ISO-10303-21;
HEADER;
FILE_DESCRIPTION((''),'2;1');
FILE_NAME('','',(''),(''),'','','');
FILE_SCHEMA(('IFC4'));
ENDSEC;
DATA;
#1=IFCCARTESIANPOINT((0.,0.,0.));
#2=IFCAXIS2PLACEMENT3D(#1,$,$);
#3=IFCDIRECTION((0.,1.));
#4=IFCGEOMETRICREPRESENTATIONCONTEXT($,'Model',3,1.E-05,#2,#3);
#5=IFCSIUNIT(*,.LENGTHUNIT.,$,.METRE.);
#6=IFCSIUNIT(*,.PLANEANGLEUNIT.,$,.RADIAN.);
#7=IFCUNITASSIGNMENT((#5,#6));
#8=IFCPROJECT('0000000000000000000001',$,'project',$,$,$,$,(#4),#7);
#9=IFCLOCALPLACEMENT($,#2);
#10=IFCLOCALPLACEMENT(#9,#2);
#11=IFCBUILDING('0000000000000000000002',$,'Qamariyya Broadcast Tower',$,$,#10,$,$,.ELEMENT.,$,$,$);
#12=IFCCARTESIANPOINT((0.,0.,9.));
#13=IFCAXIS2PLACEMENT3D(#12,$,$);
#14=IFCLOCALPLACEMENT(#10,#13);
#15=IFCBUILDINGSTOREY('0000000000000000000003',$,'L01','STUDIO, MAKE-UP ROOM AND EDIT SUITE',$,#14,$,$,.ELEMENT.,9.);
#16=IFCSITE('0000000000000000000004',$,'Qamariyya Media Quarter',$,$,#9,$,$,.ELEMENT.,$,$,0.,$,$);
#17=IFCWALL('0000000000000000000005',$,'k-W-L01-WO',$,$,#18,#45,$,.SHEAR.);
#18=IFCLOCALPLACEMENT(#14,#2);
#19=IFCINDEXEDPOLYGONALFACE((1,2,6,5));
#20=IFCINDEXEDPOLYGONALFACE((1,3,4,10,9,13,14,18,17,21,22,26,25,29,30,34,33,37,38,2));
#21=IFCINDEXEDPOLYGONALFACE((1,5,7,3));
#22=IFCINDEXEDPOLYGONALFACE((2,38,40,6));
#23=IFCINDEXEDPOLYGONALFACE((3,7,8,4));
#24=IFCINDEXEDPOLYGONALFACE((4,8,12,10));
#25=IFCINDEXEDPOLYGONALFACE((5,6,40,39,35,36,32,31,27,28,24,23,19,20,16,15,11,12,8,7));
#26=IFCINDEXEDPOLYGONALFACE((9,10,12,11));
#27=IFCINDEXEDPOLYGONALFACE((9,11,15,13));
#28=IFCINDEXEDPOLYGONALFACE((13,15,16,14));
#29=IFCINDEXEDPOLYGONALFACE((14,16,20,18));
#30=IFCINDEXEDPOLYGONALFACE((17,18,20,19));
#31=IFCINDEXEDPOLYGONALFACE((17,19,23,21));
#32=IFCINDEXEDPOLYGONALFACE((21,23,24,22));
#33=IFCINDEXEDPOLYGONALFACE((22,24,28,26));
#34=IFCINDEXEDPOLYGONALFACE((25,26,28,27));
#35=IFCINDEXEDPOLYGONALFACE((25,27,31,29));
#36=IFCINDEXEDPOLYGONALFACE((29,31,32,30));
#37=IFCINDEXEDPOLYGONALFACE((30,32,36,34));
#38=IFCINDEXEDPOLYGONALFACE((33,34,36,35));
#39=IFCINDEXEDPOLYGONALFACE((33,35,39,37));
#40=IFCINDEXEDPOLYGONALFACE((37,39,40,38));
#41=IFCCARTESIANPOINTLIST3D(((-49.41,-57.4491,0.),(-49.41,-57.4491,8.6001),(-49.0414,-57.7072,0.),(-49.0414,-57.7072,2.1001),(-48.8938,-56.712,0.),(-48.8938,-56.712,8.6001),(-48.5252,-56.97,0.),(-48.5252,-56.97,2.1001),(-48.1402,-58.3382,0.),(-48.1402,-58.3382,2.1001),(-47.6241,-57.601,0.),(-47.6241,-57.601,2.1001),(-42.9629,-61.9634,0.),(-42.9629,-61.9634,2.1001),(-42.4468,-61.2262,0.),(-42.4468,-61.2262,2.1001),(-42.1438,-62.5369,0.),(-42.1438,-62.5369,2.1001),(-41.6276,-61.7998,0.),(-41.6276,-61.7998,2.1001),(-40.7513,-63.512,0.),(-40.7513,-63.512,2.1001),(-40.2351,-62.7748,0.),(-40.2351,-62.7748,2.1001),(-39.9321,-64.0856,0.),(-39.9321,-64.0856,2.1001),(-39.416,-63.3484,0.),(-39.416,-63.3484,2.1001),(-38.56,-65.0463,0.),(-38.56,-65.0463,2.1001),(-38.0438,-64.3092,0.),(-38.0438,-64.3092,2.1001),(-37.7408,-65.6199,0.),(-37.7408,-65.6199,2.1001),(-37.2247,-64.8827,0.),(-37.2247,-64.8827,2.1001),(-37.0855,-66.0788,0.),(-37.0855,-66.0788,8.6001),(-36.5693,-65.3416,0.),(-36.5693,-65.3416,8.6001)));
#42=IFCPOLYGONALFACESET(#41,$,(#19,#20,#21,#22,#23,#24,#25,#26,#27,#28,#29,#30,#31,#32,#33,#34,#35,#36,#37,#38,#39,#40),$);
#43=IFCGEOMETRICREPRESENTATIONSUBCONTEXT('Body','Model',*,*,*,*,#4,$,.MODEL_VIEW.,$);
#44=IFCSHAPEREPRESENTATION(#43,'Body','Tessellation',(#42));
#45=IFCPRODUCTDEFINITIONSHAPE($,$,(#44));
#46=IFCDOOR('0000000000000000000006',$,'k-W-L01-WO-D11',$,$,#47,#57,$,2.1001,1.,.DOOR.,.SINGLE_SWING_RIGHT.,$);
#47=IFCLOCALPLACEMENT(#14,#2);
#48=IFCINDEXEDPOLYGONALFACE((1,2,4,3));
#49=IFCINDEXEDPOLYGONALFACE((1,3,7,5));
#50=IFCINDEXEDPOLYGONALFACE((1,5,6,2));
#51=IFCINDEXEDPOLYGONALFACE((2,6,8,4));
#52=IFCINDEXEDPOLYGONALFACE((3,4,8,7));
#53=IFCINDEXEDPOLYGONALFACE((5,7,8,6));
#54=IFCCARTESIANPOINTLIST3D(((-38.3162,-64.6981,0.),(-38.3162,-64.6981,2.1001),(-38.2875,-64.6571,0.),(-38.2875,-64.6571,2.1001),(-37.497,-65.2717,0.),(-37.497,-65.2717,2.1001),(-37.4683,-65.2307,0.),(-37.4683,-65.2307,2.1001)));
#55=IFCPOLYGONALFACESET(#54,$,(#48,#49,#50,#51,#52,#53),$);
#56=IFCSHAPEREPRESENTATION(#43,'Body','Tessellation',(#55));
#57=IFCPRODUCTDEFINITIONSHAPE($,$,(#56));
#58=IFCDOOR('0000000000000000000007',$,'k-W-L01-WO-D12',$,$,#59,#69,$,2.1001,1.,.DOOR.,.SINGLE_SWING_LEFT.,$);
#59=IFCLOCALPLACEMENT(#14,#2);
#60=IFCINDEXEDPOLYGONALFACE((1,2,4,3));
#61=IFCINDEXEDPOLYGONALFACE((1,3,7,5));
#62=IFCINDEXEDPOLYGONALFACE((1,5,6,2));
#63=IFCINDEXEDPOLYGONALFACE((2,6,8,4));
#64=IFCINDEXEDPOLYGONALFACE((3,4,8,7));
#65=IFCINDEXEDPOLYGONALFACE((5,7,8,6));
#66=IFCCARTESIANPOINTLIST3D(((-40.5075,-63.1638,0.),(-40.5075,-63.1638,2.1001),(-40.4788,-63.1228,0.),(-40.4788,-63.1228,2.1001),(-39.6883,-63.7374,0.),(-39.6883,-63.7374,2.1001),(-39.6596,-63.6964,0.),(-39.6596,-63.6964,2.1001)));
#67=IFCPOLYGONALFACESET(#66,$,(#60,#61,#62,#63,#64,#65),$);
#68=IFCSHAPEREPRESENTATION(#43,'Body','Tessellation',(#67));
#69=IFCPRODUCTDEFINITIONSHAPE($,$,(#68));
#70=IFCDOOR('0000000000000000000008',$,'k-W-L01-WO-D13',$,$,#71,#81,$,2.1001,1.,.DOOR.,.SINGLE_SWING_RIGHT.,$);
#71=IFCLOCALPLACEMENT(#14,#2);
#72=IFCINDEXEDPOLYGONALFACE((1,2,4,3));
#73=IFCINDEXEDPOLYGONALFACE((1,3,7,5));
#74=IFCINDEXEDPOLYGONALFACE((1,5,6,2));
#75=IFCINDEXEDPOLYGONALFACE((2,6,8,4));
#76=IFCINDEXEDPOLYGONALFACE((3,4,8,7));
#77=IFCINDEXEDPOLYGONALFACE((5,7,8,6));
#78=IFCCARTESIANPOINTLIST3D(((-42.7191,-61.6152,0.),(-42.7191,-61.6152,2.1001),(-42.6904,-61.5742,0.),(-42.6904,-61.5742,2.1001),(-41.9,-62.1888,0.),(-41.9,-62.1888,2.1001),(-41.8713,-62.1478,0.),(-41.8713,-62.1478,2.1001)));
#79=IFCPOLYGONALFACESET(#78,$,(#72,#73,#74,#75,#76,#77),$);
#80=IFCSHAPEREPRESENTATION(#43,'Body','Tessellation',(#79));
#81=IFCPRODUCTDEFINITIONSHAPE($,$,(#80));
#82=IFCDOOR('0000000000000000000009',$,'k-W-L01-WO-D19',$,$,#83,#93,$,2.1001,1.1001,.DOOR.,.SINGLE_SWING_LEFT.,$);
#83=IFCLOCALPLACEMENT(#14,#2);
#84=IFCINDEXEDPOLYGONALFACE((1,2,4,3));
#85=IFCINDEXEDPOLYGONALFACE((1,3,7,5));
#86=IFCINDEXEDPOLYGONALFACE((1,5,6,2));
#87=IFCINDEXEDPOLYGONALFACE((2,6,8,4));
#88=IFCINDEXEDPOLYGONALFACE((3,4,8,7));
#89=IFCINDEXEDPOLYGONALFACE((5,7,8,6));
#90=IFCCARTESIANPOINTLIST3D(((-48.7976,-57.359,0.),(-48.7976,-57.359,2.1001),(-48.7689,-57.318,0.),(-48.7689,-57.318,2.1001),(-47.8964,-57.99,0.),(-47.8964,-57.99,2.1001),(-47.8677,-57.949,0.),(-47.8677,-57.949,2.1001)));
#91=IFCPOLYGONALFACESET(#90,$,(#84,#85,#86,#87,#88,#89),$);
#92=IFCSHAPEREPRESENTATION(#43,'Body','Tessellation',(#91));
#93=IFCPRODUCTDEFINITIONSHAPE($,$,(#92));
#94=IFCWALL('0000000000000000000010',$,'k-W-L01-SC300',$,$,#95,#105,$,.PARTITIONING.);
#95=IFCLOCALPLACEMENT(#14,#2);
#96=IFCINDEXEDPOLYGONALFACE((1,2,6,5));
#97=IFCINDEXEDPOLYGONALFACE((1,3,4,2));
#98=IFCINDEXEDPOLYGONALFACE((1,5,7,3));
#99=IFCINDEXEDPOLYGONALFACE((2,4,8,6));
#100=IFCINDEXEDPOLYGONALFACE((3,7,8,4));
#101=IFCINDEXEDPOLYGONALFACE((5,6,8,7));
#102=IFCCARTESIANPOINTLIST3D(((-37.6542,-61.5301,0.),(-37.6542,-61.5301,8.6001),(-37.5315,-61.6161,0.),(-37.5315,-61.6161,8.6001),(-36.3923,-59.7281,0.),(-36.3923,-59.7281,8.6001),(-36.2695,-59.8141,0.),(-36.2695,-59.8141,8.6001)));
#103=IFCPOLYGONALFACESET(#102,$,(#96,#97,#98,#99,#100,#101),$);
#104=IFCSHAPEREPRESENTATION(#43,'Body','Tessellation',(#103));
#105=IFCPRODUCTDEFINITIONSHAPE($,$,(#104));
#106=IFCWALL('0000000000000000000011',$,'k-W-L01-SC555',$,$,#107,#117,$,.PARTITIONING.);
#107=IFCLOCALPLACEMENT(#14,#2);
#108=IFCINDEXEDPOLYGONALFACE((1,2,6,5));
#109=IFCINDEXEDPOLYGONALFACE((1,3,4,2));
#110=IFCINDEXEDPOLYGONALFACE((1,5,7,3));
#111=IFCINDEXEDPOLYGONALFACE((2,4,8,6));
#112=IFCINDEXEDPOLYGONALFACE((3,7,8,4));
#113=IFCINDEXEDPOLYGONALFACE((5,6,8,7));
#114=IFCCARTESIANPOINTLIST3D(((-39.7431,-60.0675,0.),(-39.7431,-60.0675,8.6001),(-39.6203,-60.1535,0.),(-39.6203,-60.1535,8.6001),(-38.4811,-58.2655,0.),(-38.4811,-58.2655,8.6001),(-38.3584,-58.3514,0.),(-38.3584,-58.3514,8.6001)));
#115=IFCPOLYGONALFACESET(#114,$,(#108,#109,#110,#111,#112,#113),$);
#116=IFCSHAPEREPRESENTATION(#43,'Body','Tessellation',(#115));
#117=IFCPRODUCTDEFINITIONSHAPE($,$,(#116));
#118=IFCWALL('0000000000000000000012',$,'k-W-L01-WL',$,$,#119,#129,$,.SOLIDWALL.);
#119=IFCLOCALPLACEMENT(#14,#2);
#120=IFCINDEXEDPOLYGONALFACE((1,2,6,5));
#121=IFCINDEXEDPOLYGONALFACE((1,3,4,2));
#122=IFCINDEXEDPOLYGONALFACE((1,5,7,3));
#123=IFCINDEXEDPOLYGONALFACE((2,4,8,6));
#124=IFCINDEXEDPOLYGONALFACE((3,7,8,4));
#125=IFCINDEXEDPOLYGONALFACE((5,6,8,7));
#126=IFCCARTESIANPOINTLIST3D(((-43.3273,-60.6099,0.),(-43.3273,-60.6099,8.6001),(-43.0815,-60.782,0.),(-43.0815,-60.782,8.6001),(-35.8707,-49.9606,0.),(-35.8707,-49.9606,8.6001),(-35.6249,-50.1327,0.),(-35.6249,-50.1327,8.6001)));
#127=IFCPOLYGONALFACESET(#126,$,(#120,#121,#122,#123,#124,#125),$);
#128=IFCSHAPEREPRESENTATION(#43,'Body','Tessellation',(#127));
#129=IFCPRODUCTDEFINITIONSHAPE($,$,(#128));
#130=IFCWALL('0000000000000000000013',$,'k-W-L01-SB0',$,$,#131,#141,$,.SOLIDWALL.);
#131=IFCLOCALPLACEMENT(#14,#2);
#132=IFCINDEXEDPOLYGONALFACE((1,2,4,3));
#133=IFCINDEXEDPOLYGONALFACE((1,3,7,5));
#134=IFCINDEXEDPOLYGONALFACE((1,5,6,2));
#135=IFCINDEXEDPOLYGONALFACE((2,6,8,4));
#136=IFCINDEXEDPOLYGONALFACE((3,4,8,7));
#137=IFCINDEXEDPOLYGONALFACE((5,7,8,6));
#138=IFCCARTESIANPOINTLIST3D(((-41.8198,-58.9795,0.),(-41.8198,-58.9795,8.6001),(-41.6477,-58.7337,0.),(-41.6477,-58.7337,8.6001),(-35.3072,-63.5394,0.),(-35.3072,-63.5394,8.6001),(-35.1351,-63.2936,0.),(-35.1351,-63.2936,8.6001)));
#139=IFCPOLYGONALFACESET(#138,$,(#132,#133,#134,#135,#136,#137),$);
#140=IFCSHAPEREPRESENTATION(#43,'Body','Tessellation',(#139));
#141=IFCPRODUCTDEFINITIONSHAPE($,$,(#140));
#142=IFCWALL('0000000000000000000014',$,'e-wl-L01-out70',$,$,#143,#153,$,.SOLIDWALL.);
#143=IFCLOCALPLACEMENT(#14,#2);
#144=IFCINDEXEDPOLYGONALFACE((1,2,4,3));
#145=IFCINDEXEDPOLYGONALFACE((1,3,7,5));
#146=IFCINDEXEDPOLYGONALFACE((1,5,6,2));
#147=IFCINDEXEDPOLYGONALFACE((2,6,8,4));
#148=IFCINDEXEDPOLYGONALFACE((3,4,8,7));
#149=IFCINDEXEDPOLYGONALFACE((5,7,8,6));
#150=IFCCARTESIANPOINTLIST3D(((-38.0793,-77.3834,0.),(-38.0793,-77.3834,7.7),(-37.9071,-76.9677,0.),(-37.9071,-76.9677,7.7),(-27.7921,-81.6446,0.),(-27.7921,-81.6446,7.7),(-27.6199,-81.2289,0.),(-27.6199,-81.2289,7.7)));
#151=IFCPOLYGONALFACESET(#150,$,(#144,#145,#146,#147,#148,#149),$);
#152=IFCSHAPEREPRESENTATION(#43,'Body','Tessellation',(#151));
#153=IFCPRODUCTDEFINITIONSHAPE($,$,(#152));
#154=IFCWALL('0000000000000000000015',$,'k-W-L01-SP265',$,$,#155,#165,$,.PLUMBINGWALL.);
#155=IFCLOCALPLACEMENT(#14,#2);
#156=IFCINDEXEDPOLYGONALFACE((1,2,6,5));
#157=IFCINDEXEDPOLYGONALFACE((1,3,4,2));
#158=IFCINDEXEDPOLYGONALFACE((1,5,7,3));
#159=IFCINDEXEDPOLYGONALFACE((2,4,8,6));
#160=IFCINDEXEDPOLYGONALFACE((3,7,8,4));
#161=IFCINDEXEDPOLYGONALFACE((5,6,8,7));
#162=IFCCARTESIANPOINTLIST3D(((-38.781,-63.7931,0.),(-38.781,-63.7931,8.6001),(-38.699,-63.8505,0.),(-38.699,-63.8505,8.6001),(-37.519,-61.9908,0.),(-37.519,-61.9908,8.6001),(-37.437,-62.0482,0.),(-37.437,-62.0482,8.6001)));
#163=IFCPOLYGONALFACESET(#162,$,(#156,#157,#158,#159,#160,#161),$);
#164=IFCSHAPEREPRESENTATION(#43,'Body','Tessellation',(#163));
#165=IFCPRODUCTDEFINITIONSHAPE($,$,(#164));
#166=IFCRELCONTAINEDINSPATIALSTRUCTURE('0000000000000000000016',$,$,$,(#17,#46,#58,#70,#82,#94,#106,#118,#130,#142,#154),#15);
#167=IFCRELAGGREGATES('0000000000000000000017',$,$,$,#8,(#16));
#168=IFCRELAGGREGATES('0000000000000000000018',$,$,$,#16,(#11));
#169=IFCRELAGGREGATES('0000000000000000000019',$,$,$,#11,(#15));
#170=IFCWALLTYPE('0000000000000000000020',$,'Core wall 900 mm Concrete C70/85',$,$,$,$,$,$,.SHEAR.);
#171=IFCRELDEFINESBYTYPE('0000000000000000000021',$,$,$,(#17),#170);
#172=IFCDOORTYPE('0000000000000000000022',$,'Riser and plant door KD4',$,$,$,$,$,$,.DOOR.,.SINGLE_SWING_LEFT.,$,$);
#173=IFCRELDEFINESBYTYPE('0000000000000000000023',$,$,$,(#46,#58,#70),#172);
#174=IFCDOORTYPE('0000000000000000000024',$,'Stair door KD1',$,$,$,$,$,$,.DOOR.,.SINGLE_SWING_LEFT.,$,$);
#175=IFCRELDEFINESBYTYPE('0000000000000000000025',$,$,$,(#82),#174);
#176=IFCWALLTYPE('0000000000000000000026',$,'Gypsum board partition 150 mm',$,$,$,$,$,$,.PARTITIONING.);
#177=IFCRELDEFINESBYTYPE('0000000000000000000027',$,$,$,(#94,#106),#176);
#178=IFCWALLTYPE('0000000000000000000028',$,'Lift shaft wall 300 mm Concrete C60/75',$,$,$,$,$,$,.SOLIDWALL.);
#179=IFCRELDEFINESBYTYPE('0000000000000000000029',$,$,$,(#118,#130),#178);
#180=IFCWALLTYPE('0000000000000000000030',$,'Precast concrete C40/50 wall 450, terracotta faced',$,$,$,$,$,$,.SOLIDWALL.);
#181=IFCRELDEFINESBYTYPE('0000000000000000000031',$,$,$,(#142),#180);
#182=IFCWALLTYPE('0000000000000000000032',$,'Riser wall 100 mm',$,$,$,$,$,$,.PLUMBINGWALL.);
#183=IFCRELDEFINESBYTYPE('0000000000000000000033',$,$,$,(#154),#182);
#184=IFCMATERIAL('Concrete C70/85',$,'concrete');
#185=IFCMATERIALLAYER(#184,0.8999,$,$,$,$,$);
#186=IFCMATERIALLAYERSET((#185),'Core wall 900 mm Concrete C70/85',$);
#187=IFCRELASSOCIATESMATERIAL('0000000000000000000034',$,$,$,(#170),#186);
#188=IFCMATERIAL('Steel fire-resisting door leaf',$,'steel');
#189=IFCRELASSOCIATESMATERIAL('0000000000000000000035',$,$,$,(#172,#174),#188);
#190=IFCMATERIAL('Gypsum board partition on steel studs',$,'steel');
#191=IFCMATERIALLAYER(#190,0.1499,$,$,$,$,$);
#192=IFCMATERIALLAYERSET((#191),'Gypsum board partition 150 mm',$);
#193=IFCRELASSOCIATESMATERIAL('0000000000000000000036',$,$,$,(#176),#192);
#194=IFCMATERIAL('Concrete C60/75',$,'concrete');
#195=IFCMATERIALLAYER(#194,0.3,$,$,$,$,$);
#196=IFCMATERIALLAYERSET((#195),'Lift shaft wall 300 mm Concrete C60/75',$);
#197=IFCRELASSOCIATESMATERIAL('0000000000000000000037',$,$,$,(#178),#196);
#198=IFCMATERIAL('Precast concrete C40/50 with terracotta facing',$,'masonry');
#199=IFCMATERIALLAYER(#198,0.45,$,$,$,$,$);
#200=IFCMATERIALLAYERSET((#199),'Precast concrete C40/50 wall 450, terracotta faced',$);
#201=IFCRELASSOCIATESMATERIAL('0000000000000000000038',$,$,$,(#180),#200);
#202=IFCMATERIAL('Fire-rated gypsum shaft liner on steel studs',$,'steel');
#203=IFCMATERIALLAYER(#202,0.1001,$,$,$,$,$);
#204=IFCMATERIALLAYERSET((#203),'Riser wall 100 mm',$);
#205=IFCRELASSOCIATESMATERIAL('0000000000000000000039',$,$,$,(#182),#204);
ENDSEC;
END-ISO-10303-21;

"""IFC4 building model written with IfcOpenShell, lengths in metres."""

from ifc_helpers import new_model, si_unit, direction, frame, frame_2d, origin, place, context, subcontext, project, spatial, rectangle, extrude, material, layer, layer_set, type_object, element, fill, save


model = new_model("IFC4")

# Units and contexts
model_context = context("Model", 3, precision=1e-05, world=origin(), true_north=direction((0.0, 1.0)))
body_context = subcontext(model_context, "Body", "Model", "MODEL_VIEW")
ifc_project = project(units=[si_unit("LENGTHUNIT", "METRE"), si_unit("PLANEANGLEUNIT", "RADIAN")], contexts=[model_context])

# Site, building, storey
site_placement = place(None, origin())
site = spatial("IfcSite", under=ifc_project, at=site_placement, Name="Qamariyya Media Quarter", CompositionType="ELEMENT", RefElevation=0.0)
building_placement = place(site_placement, origin())
building = spatial("IfcBuilding", under=site, at=building_placement, Name="Qamariyya Broadcast Tower", CompositionType="ELEMENT")
storey_placement = place(building_placement, frame((0.0, 0.0, 9.0)))
storey = spatial("IfcBuildingStorey", under=building, at=storey_placement, Name="L01", Description="STUDIO, MAKE-UP ROOM AND EDIT SUITE", CompositionType="ELEMENT", Elevation=9.0)

# Shared definitions
ifc_material_1 = material(Name="Concrete C70/85", Category="concrete")

# Shared definitions
ifc_layer_1 = layer(ifc_material_1, 0.8999)
ifc_layer_set_1 = layer_set([ifc_layer_1], Name="Core wall 900 mm Concrete C70/85")
wall_type_1 = type_object("IfcWallType", Name="Core wall 900 mm Concrete C70/85", PredefinedType="SHEAR", material=ifc_layer_set_1)
ifc_material_2 = material(Name="Steel fire-resisting door leaf", Category="steel")

# Wall, openings, doors
wall_1_placement = place(storey_placement, frame((-36.8274, -65.7102, 0.0), z_axis=(0.0, 0.0, 1.0), x_axis=(-0.819153, 0.573575, 0.0)))
wall_1 = element("IfcWall", 1, at=wall_1_placement, inside=storey, type_object=wall_type_1, Name="k-W-L01-WO", PredefinedType="SHEAR", context=body_context, shape_type="SweptSolid", body=[
    extrude(rectangle(XDim=15.0454, YDim=0.8999, at=frame_2d((7.5227, 0.0))), origin(), (0.0, 0.0, 1.0), 8.6001),
])
opening_1_placement = place(wall_1_placement, frame((0.8, 0.0, 0.0)))
opening_1 = element("IfcOpeningElement", 2, at=opening_1_placement, cuts=wall_1, PredefinedType="OPENING", context=body_context, shape_type="SweptSolid", body=[
    extrude(rectangle(XDim=1.0, YDim=2.1001, at=frame_2d((0.5, 1.05))), frame((0.0, 0.46, 0.0), z_axis=(0.0, -1.0, 0.0), x_axis=(1.0, 0.0, 0.0)), (0.0, 0.0, 1.0), 0.9199),
])
opening_2_placement = place(wall_1_placement, frame((3.4751, 0.0, 0.0)))
opening_2 = element("IfcOpeningElement", 3, at=opening_2_placement, cuts=wall_1, PredefinedType="OPENING", context=body_context, shape_type="SweptSolid", body=[
    extrude(rectangle(XDim=1.0, YDim=2.1001, at=frame_2d((0.5, 1.05))), frame((0.0, 0.46, 0.0), z_axis=(0.0, -1.0, 0.0), x_axis=(1.0, 0.0, 0.0)), (0.0, 0.0, 1.0), 0.9199),
])
opening_3_placement = place(wall_1_placement, frame((6.175, 0.0, 0.0)))
opening_3 = element("IfcOpeningElement", 4, at=opening_3_placement, cuts=wall_1, PredefinedType="OPENING", context=body_context, shape_type="SweptSolid", body=[
    extrude(rectangle(XDim=1.0, YDim=2.1001, at=frame_2d((0.5, 1.05))), frame((0.0, 0.46, 0.0), z_axis=(0.0, -1.0, 0.0), x_axis=(1.0, 0.0, 0.0)), (0.0, 0.0, 1.0), 0.9199),
])
opening_4_placement = place(wall_1_placement, frame((13.4954, 0.0, 0.0)))
opening_4 = element("IfcOpeningElement", 5, at=opening_4_placement, cuts=wall_1, PredefinedType="OPENING", context=body_context, shape_type="SweptSolid", body=[
    extrude(rectangle(XDim=1.1001, YDim=2.1001, at=frame_2d((0.55, 1.05))), frame((0.0, 0.46, 0.0), z_axis=(0.0, -1.0, 0.0), x_axis=(1.0, 0.0, 0.0)), (0.0, 0.0, 1.0), 0.9199),
])
door_type_1 = type_object("IfcDoorType", Name="Riser and plant door KD4", OperationType="SINGLE_SWING_LEFT", PredefinedType="DOOR", material=ifc_material_2)
door_1_placement = place(opening_1_placement, origin())
door_1 = element("IfcDoor", 6, at=door_1_placement, inside=storey, type_object=door_type_1, Name="k-W-L01-WO-D11", OperationType="SINGLE_SWING_RIGHT", OverallHeight=2.1001, OverallWidth=1.0, PredefinedType="DOOR", context=body_context, shape_type="SweptSolid", body=[
    extrude(rectangle(XDim=1.0, YDim=2.1001, at=frame_2d((0.5, 1.05))), frame((0.0, 0.0249, 0.0), z_axis=(0.0, -1.0, 0.0), x_axis=(1.0, 0.0, 0.0)), (0.0, 0.0, 1.0), 0.05),
])
fill(opening_1, door_1)
door_2_placement = place(opening_2_placement, origin())
door_2 = element("IfcDoor", 7, at=door_2_placement, inside=storey, type_object=door_type_1, Name="k-W-L01-WO-D12", OperationType="SINGLE_SWING_LEFT", OverallHeight=2.1001, OverallWidth=1.0, PredefinedType="DOOR", context=body_context, shape_type="SweptSolid", body=[
    extrude(rectangle(XDim=1.0, YDim=2.1001, at=frame_2d((0.5, 1.05))), frame((0.0, 0.0249, 0.0), z_axis=(0.0, -1.0, 0.0), x_axis=(1.0, 0.0, 0.0)), (0.0, 0.0, 1.0), 0.05),
])
fill(opening_2, door_2)
door_3_placement = place(opening_3_placement, origin())
door_3 = element("IfcDoor", 8, at=door_3_placement, inside=storey, type_object=door_type_1, Name="k-W-L01-WO-D13", OperationType="SINGLE_SWING_RIGHT", OverallHeight=2.1001, OverallWidth=1.0, PredefinedType="DOOR", context=body_context, shape_type="SweptSolid", body=[
    extrude(rectangle(XDim=1.0, YDim=2.1001, at=frame_2d((0.5, 1.05))), frame((0.0, 0.0249, 0.0), z_axis=(0.0, -1.0, 0.0), x_axis=(1.0, 0.0, 0.0)), (0.0, 0.0, 1.0), 0.05),
])
fill(opening_3, door_3)
door_type_2 = type_object("IfcDoorType", Name="Stair door KD1", OperationType="SINGLE_SWING_LEFT", PredefinedType="DOOR", material=ifc_material_2)
door_4_placement = place(opening_4_placement, origin())
door_4 = element("IfcDoor", 9, at=door_4_placement, inside=storey, type_object=door_type_2, Name="k-W-L01-WO-D19", OperationType="SINGLE_SWING_LEFT", OverallHeight=2.1001, OverallWidth=1.1001, PredefinedType="DOOR", context=body_context, shape_type="SweptSolid", body=[
    extrude(rectangle(XDim=1.1001, YDim=2.1001, at=frame_2d((0.55, 1.05))), frame((0.0, 0.0249, 0.0), z_axis=(0.0, -1.0, 0.0), x_axis=(1.0, 0.0, 0.0)), (0.0, 0.0, 1.0), 0.05),
])
fill(opening_4, door_4)

# Walls
ifc_material_3 = material(Name="Gypsum board partition on steel studs", Category="steel")
ifc_layer_2 = layer(ifc_material_3, 0.1499)
ifc_layer_set_2 = layer_set([ifc_layer_2], Name="Gypsum board partition 150 mm")
wall_type_2 = type_object("IfcWallType", Name="Gypsum board partition 150 mm", PredefinedType="PARTITIONING", material=ifc_layer_set_2)
for number, where, z_axis, x_axis, name in (
    (10, (-36.3308, -59.771, 0.0), (0.0, 0.0, 1.0), (-0.573634, -0.819112, 0.0), "k-W-L01-SC300"),
    (11, (-38.4197, -58.3083, 0.0), (0.0, 0.0, 1.0), (-0.573634, -0.819112, 0.0), "k-W-L01-SC555"),
):
    element("IfcWall", number, at=place(storey_placement, frame(where, z_axis=z_axis, x_axis=x_axis)), inside=storey, type_object=wall_type_2, Name=name, PredefinedType="PARTITIONING", context=body_context, shape_type="SweptSolid", body=[
        extrude(rectangle(XDim=2.2, YDim=0.1499, at=frame_2d((1.1001, 0.0))), origin(), (0.0, 0.0, 1.0), 8.6001),
    ])
ifc_material_4 = material(Name="Concrete C60/75", Category="concrete")
ifc_layer_3 = layer(ifc_material_4, 0.3)
ifc_layer_set_3 = layer_set([ifc_layer_3], Name="Lift shaft wall 300 mm Concrete C60/75")
wall_type_3 = type_object("IfcWallType", Name="Lift shaft wall 300 mm Concrete C60/75", PredefinedType="SOLIDWALL", material=ifc_layer_set_3)
wall_2_placement = place(storey_placement, frame((-43.2043, -60.6958, 0.0), z_axis=(0.0, 0.0, 1.0), x_axis=(0.573572, 0.819155, 0.0)))
element("IfcWall", 12, at=wall_2_placement, inside=storey, type_object=wall_type_3, Name="k-W-L01-WL", PredefinedType="SOLIDWALL", context=body_context, shape_type="SweptSolid", body=[
    extrude(rectangle(XDim=13.0002, YDim=0.3, at=frame_2d((6.5, 0.0))), origin(), (0.0, 0.0, 1.0), 8.6001),
])
wall_3_placement = place(storey_placement, frame((-35.2212, -63.4165, 0.0), z_axis=(0.0, 0.0, 1.0), x_axis=(-0.819167, 0.573555, 0.0)))
element("IfcWall", 13, at=wall_3_placement, inside=storey, type_object=wall_type_3, Name="k-W-L01-SB0", PredefinedType="SOLIDWALL", context=body_context, shape_type="SweptSolid", body=[
    extrude(rectangle(XDim=7.9502, YDim=0.3, at=frame_2d((3.9751, 0.0))), origin(), (0.0, 0.0, 1.0), 8.6001),
])
ifc_material_5 = material(Name="Precast concrete C40/50 with terracotta facing", Category="masonry")
ifc_layer_4 = layer(ifc_material_5, 0.45)
ifc_layer_set_4 = layer_set([ifc_layer_4], Name="Precast concrete C40/50 wall 450, terracotta faced")
wall_type_4 = type_object("IfcWallType", Name="Precast concrete C40/50 wall 450, terracotta faced", PredefinedType="SOLIDWALL", material=ifc_layer_set_4)
wall_4_placement = place(storey_placement, frame((-37.9932, -77.1755, 0.0), z_axis=(0.0, 0.0, 1.0), x_axis=(0.923874, -0.382696, 0.0)))
element("IfcWall", 14, at=wall_4_placement, inside=storey, type_object=wall_type_4, Name="e-wl-L01-out70", PredefinedType="SOLIDWALL", context=body_context, shape_type="SweptSolid", body=[
    extrude(rectangle(XDim=11.1348, YDim=0.45, at=frame_2d((5.5674, 0.0))), origin(), (0.0, 0.0, 1.0), 7.7),
])
ifc_material_6 = material(Name="Fire-rated gypsum shaft liner on steel studs", Category="steel")
ifc_layer_5 = layer(ifc_material_6, 0.1001)
ifc_layer_set_5 = layer_set([ifc_layer_5], Name="Riser wall 100 mm")
wall_type_5 = type_object("IfcWallType", Name="Riser wall 100 mm", PredefinedType="PLUMBINGWALL", material=ifc_layer_set_5)
wall_5_placement = place(storey_placement, frame((-37.478, -62.0195, 0.0), z_axis=(0.0, 0.0, 1.0), x_axis=(-0.573581, -0.819149, 0.0)))
element("IfcWall", 15, at=wall_5_placement, inside=storey, type_object=wall_type_5, Name="k-W-L01-SP265", PredefinedType="PLUMBINGWALL", context=body_context, shape_type="SweptSolid", body=[
    extrude(rectangle(XDim=2.2002, YDim=0.1001, at=frame_2d((1.1001, 0.0))), origin(), (0.0, 0.0, 1.0), 8.6001),
])

save(model, "model.ifc")
